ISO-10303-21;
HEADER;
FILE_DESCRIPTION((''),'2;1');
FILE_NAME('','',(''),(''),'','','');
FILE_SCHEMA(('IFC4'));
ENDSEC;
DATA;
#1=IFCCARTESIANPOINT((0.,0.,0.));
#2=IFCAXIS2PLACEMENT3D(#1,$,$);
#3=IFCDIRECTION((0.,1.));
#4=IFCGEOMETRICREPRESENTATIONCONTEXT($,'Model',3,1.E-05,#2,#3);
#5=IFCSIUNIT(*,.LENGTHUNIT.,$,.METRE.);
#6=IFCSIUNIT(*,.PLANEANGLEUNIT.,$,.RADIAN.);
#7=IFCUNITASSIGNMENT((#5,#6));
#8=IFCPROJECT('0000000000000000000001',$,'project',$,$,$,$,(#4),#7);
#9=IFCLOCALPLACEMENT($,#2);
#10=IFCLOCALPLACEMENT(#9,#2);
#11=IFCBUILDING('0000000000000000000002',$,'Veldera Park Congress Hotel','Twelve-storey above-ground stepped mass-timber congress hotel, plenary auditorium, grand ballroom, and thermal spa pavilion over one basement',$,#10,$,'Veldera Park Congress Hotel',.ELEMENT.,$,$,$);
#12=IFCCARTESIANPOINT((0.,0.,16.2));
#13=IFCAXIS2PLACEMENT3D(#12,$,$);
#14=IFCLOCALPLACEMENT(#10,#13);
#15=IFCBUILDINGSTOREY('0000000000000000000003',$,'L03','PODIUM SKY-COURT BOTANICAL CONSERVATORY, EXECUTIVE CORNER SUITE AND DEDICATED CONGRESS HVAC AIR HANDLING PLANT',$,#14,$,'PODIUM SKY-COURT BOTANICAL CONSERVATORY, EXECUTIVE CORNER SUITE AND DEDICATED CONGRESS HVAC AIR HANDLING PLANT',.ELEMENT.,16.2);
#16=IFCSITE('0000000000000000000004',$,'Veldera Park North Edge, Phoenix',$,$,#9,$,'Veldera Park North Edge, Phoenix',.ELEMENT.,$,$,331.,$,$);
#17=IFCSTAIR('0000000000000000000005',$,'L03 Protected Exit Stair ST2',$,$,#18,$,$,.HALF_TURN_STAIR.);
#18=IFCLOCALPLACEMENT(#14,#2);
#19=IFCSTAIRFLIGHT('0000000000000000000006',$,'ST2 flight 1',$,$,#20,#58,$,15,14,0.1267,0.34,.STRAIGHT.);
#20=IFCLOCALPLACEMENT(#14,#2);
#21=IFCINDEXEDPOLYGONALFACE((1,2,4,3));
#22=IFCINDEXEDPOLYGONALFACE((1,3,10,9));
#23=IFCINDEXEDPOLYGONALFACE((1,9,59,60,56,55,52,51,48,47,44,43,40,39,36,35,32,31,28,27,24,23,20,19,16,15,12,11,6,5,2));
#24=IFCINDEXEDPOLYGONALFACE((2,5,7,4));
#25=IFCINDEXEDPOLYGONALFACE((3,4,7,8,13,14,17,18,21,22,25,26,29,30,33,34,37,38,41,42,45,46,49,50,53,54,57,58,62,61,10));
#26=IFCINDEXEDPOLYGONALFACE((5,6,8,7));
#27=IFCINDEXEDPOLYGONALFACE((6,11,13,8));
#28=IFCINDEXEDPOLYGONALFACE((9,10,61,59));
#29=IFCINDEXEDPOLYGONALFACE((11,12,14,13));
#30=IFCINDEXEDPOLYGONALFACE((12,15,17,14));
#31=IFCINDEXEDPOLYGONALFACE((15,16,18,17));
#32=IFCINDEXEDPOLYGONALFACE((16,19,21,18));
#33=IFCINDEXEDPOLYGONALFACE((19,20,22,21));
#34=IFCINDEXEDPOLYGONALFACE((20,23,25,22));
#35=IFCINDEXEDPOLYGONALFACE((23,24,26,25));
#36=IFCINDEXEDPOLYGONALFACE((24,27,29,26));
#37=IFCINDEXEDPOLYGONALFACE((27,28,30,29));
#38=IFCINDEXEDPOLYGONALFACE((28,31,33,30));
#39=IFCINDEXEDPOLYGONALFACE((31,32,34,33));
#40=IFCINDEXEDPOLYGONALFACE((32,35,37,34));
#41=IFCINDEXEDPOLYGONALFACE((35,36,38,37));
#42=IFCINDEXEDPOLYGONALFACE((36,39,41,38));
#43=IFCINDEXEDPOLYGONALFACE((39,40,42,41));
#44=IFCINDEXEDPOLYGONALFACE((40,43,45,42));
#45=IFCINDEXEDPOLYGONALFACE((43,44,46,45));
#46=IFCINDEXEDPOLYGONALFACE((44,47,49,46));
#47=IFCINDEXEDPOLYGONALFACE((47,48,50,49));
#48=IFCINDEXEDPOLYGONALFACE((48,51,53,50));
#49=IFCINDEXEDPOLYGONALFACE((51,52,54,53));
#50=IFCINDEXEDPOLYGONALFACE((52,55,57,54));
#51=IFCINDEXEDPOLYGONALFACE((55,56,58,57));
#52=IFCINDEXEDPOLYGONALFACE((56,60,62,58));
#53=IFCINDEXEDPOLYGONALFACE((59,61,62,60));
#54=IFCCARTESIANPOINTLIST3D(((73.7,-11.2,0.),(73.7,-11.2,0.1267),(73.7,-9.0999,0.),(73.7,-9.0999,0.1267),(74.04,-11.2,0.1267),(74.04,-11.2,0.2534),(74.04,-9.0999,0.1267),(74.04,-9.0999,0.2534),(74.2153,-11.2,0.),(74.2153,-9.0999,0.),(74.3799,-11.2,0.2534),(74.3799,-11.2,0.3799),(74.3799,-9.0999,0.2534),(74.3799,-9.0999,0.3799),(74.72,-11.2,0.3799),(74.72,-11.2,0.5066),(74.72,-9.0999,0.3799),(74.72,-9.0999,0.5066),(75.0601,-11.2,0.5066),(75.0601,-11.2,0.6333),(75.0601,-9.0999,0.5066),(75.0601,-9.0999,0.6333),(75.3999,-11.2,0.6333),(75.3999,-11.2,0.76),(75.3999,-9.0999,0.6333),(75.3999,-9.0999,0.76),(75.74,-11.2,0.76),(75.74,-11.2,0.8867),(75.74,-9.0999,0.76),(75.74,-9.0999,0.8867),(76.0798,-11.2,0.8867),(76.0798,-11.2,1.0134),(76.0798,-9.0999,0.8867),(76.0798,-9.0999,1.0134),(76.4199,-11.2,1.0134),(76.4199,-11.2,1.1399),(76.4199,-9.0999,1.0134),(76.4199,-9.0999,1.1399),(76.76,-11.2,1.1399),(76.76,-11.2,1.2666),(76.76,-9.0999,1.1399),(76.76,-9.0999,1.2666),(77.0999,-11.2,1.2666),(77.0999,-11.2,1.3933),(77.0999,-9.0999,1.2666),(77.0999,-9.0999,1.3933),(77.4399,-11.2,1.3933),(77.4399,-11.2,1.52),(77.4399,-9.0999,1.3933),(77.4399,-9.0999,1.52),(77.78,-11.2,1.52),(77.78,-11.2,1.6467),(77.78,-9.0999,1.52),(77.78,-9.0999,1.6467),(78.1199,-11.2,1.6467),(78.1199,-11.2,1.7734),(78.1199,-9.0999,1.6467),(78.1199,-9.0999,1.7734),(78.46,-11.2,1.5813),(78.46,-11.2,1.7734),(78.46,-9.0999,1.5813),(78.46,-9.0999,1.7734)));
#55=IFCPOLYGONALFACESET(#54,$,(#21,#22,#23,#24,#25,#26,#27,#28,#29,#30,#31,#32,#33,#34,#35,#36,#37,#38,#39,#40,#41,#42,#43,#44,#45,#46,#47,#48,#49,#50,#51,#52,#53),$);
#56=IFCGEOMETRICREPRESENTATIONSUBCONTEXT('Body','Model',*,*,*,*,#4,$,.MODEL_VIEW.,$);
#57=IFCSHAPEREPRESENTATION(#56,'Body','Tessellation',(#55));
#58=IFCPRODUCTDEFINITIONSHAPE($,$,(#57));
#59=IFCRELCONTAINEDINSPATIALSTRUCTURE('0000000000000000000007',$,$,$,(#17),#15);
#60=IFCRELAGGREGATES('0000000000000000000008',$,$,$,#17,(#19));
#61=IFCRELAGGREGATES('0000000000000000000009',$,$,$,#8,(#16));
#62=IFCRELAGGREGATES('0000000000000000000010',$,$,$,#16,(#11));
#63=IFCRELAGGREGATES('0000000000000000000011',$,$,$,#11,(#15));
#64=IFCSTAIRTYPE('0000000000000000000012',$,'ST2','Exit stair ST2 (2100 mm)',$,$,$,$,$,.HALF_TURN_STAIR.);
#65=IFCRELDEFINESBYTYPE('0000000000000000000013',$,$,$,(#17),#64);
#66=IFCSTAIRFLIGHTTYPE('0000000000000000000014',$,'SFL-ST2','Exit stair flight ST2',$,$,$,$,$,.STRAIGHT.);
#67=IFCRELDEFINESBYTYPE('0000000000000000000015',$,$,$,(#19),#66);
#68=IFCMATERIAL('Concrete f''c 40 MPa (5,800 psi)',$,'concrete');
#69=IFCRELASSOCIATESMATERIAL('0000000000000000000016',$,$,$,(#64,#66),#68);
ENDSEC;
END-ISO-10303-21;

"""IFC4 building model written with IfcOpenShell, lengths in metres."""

from ifc_helpers import new_model, si_unit, direction, frame, origin, place, context, subcontext, project, spatial, polyline, outline, extrude, material, type_object, element, aggregate, save


model = new_model("IFC4")

# Units and contexts
model_context = context("Model", 3, precision=1e-05, world=origin(), true_north=direction((0.0, 1.0)))
body_context = subcontext(model_context, "Body", "Model", "MODEL_VIEW")
ifc_project = project(units=[si_unit("LENGTHUNIT", "METRE"), si_unit("PLANEANGLEUNIT", "RADIAN")], contexts=[model_context])

# Site, building, storey
site_placement = place(None, origin())
site = spatial("IfcSite", under=ifc_project, at=site_placement, Name="Veldera Park North Edge, Phoenix", LongName="Veldera Park North Edge, Phoenix", CompositionType="ELEMENT", RefElevation=331.0)
building_placement = place(site_placement, origin())
building = spatial("IfcBuilding", under=site, at=building_placement, Name="Veldera Park Congress Hotel", Description="Twelve-storey above-ground stepped mass-timber congress hotel, plenary auditorium, grand ballroom, and thermal spa pavilion over one basement", LongName="Veldera Park Congress Hotel", CompositionType="ELEMENT")
storey_placement = place(building_placement, frame((0.0, 0.0, 16.2)))
storey = spatial("IfcBuildingStorey", under=building, at=storey_placement, Name="L03", Description="PODIUM SKY-COURT BOTANICAL CONSERVATORY, EXECUTIVE CORNER SUITE AND DEDICATED CONGRESS HVAC AIR HANDLING PLANT", LongName="PODIUM SKY-COURT BOTANICAL CONSERVATORY, EXECUTIVE CORNER SUITE AND DEDICATED CONGRESS HVAC AIR HANDLING PLANT", CompositionType="ELEMENT", Elevation=16.2)

# Shared definitions
ifc_material_1 = material(Name="Concrete f'c 40 MPa (5,800 psi)", Category="concrete")

# Stair, stair flight
stair_type = type_object("IfcStairType", Name="ST2", Description="Exit stair ST2 (2100 mm)", PredefinedType="HALF_TURN_STAIR", material=ifc_material_1)
stair_placement = place(storey_placement, origin())
stair = element("IfcStair", 1, at=stair_placement, inside=storey, type_object=stair_type, Name="L03 Protected Exit Stair ST2", PredefinedType="HALF_TURN_STAIR")
stair_flight_type = type_object("IfcStairFlightType", Name="SFL-ST2", Description="Exit stair flight ST2", PredefinedType="STRAIGHT", material=ifc_material_1)
stair_flight_placement = place(storey_placement, frame((73.7, -10.1499, 0.0), z_axis=(0.0, 0.0, 1.0), x_axis=(1.0, 0.0, 0.0)))
stair_flight = element("IfcStairFlight", 2, at=stair_flight_placement, type_object=stair_flight_type, Name="ST2 flight 1", NumberOfRisers=15, NumberOfTreads=14, PredefinedType="STRAIGHT", RiserHeight=0.1267, TreadLength=0.34, context=body_context, shape_type="SweptSolid", body=[
    extrude(outline(polyline([(0.0, 0.0), (0.0, 0.1267), (0.3401, 0.1267), (0.3401, 0.2534), (0.6799, 0.2534), (0.6799, 0.3799), (1.02, 0.3799), (1.02, 0.5066), (1.3601, 0.5066), (1.3601, 0.6333), (1.7, 0.6333), (1.7, 0.76), (2.04, 0.76), (2.04, 0.8867), (2.3799, 0.8867), (2.3799, 1.0134), (2.72, 1.0134), (2.72, 1.1399), (3.0601, 1.1399), (3.0601, 1.2666), (3.3999, 1.2666), (3.3999, 1.3933), (3.74, 1.3933), (3.74, 1.52), (4.0801, 1.52), (4.0801, 1.6467), (4.4199, 1.6467), (4.4199, 1.7734), (4.76, 1.7734), (4.76, 1.8999), (4.76, 1.8999), (4.76, 1.5813), (0.5154, 0.0), (0.0, 0.0)])), frame((0.0, 1.05, 0.0), z_axis=(0.0, -1.0, 0.0), x_axis=(1.0, 0.0, 0.0)), (0.0, 0.0, 1.0), 2.1001),
])
aggregate(stair, [stair_flight])

save(model, "model.ifc")
